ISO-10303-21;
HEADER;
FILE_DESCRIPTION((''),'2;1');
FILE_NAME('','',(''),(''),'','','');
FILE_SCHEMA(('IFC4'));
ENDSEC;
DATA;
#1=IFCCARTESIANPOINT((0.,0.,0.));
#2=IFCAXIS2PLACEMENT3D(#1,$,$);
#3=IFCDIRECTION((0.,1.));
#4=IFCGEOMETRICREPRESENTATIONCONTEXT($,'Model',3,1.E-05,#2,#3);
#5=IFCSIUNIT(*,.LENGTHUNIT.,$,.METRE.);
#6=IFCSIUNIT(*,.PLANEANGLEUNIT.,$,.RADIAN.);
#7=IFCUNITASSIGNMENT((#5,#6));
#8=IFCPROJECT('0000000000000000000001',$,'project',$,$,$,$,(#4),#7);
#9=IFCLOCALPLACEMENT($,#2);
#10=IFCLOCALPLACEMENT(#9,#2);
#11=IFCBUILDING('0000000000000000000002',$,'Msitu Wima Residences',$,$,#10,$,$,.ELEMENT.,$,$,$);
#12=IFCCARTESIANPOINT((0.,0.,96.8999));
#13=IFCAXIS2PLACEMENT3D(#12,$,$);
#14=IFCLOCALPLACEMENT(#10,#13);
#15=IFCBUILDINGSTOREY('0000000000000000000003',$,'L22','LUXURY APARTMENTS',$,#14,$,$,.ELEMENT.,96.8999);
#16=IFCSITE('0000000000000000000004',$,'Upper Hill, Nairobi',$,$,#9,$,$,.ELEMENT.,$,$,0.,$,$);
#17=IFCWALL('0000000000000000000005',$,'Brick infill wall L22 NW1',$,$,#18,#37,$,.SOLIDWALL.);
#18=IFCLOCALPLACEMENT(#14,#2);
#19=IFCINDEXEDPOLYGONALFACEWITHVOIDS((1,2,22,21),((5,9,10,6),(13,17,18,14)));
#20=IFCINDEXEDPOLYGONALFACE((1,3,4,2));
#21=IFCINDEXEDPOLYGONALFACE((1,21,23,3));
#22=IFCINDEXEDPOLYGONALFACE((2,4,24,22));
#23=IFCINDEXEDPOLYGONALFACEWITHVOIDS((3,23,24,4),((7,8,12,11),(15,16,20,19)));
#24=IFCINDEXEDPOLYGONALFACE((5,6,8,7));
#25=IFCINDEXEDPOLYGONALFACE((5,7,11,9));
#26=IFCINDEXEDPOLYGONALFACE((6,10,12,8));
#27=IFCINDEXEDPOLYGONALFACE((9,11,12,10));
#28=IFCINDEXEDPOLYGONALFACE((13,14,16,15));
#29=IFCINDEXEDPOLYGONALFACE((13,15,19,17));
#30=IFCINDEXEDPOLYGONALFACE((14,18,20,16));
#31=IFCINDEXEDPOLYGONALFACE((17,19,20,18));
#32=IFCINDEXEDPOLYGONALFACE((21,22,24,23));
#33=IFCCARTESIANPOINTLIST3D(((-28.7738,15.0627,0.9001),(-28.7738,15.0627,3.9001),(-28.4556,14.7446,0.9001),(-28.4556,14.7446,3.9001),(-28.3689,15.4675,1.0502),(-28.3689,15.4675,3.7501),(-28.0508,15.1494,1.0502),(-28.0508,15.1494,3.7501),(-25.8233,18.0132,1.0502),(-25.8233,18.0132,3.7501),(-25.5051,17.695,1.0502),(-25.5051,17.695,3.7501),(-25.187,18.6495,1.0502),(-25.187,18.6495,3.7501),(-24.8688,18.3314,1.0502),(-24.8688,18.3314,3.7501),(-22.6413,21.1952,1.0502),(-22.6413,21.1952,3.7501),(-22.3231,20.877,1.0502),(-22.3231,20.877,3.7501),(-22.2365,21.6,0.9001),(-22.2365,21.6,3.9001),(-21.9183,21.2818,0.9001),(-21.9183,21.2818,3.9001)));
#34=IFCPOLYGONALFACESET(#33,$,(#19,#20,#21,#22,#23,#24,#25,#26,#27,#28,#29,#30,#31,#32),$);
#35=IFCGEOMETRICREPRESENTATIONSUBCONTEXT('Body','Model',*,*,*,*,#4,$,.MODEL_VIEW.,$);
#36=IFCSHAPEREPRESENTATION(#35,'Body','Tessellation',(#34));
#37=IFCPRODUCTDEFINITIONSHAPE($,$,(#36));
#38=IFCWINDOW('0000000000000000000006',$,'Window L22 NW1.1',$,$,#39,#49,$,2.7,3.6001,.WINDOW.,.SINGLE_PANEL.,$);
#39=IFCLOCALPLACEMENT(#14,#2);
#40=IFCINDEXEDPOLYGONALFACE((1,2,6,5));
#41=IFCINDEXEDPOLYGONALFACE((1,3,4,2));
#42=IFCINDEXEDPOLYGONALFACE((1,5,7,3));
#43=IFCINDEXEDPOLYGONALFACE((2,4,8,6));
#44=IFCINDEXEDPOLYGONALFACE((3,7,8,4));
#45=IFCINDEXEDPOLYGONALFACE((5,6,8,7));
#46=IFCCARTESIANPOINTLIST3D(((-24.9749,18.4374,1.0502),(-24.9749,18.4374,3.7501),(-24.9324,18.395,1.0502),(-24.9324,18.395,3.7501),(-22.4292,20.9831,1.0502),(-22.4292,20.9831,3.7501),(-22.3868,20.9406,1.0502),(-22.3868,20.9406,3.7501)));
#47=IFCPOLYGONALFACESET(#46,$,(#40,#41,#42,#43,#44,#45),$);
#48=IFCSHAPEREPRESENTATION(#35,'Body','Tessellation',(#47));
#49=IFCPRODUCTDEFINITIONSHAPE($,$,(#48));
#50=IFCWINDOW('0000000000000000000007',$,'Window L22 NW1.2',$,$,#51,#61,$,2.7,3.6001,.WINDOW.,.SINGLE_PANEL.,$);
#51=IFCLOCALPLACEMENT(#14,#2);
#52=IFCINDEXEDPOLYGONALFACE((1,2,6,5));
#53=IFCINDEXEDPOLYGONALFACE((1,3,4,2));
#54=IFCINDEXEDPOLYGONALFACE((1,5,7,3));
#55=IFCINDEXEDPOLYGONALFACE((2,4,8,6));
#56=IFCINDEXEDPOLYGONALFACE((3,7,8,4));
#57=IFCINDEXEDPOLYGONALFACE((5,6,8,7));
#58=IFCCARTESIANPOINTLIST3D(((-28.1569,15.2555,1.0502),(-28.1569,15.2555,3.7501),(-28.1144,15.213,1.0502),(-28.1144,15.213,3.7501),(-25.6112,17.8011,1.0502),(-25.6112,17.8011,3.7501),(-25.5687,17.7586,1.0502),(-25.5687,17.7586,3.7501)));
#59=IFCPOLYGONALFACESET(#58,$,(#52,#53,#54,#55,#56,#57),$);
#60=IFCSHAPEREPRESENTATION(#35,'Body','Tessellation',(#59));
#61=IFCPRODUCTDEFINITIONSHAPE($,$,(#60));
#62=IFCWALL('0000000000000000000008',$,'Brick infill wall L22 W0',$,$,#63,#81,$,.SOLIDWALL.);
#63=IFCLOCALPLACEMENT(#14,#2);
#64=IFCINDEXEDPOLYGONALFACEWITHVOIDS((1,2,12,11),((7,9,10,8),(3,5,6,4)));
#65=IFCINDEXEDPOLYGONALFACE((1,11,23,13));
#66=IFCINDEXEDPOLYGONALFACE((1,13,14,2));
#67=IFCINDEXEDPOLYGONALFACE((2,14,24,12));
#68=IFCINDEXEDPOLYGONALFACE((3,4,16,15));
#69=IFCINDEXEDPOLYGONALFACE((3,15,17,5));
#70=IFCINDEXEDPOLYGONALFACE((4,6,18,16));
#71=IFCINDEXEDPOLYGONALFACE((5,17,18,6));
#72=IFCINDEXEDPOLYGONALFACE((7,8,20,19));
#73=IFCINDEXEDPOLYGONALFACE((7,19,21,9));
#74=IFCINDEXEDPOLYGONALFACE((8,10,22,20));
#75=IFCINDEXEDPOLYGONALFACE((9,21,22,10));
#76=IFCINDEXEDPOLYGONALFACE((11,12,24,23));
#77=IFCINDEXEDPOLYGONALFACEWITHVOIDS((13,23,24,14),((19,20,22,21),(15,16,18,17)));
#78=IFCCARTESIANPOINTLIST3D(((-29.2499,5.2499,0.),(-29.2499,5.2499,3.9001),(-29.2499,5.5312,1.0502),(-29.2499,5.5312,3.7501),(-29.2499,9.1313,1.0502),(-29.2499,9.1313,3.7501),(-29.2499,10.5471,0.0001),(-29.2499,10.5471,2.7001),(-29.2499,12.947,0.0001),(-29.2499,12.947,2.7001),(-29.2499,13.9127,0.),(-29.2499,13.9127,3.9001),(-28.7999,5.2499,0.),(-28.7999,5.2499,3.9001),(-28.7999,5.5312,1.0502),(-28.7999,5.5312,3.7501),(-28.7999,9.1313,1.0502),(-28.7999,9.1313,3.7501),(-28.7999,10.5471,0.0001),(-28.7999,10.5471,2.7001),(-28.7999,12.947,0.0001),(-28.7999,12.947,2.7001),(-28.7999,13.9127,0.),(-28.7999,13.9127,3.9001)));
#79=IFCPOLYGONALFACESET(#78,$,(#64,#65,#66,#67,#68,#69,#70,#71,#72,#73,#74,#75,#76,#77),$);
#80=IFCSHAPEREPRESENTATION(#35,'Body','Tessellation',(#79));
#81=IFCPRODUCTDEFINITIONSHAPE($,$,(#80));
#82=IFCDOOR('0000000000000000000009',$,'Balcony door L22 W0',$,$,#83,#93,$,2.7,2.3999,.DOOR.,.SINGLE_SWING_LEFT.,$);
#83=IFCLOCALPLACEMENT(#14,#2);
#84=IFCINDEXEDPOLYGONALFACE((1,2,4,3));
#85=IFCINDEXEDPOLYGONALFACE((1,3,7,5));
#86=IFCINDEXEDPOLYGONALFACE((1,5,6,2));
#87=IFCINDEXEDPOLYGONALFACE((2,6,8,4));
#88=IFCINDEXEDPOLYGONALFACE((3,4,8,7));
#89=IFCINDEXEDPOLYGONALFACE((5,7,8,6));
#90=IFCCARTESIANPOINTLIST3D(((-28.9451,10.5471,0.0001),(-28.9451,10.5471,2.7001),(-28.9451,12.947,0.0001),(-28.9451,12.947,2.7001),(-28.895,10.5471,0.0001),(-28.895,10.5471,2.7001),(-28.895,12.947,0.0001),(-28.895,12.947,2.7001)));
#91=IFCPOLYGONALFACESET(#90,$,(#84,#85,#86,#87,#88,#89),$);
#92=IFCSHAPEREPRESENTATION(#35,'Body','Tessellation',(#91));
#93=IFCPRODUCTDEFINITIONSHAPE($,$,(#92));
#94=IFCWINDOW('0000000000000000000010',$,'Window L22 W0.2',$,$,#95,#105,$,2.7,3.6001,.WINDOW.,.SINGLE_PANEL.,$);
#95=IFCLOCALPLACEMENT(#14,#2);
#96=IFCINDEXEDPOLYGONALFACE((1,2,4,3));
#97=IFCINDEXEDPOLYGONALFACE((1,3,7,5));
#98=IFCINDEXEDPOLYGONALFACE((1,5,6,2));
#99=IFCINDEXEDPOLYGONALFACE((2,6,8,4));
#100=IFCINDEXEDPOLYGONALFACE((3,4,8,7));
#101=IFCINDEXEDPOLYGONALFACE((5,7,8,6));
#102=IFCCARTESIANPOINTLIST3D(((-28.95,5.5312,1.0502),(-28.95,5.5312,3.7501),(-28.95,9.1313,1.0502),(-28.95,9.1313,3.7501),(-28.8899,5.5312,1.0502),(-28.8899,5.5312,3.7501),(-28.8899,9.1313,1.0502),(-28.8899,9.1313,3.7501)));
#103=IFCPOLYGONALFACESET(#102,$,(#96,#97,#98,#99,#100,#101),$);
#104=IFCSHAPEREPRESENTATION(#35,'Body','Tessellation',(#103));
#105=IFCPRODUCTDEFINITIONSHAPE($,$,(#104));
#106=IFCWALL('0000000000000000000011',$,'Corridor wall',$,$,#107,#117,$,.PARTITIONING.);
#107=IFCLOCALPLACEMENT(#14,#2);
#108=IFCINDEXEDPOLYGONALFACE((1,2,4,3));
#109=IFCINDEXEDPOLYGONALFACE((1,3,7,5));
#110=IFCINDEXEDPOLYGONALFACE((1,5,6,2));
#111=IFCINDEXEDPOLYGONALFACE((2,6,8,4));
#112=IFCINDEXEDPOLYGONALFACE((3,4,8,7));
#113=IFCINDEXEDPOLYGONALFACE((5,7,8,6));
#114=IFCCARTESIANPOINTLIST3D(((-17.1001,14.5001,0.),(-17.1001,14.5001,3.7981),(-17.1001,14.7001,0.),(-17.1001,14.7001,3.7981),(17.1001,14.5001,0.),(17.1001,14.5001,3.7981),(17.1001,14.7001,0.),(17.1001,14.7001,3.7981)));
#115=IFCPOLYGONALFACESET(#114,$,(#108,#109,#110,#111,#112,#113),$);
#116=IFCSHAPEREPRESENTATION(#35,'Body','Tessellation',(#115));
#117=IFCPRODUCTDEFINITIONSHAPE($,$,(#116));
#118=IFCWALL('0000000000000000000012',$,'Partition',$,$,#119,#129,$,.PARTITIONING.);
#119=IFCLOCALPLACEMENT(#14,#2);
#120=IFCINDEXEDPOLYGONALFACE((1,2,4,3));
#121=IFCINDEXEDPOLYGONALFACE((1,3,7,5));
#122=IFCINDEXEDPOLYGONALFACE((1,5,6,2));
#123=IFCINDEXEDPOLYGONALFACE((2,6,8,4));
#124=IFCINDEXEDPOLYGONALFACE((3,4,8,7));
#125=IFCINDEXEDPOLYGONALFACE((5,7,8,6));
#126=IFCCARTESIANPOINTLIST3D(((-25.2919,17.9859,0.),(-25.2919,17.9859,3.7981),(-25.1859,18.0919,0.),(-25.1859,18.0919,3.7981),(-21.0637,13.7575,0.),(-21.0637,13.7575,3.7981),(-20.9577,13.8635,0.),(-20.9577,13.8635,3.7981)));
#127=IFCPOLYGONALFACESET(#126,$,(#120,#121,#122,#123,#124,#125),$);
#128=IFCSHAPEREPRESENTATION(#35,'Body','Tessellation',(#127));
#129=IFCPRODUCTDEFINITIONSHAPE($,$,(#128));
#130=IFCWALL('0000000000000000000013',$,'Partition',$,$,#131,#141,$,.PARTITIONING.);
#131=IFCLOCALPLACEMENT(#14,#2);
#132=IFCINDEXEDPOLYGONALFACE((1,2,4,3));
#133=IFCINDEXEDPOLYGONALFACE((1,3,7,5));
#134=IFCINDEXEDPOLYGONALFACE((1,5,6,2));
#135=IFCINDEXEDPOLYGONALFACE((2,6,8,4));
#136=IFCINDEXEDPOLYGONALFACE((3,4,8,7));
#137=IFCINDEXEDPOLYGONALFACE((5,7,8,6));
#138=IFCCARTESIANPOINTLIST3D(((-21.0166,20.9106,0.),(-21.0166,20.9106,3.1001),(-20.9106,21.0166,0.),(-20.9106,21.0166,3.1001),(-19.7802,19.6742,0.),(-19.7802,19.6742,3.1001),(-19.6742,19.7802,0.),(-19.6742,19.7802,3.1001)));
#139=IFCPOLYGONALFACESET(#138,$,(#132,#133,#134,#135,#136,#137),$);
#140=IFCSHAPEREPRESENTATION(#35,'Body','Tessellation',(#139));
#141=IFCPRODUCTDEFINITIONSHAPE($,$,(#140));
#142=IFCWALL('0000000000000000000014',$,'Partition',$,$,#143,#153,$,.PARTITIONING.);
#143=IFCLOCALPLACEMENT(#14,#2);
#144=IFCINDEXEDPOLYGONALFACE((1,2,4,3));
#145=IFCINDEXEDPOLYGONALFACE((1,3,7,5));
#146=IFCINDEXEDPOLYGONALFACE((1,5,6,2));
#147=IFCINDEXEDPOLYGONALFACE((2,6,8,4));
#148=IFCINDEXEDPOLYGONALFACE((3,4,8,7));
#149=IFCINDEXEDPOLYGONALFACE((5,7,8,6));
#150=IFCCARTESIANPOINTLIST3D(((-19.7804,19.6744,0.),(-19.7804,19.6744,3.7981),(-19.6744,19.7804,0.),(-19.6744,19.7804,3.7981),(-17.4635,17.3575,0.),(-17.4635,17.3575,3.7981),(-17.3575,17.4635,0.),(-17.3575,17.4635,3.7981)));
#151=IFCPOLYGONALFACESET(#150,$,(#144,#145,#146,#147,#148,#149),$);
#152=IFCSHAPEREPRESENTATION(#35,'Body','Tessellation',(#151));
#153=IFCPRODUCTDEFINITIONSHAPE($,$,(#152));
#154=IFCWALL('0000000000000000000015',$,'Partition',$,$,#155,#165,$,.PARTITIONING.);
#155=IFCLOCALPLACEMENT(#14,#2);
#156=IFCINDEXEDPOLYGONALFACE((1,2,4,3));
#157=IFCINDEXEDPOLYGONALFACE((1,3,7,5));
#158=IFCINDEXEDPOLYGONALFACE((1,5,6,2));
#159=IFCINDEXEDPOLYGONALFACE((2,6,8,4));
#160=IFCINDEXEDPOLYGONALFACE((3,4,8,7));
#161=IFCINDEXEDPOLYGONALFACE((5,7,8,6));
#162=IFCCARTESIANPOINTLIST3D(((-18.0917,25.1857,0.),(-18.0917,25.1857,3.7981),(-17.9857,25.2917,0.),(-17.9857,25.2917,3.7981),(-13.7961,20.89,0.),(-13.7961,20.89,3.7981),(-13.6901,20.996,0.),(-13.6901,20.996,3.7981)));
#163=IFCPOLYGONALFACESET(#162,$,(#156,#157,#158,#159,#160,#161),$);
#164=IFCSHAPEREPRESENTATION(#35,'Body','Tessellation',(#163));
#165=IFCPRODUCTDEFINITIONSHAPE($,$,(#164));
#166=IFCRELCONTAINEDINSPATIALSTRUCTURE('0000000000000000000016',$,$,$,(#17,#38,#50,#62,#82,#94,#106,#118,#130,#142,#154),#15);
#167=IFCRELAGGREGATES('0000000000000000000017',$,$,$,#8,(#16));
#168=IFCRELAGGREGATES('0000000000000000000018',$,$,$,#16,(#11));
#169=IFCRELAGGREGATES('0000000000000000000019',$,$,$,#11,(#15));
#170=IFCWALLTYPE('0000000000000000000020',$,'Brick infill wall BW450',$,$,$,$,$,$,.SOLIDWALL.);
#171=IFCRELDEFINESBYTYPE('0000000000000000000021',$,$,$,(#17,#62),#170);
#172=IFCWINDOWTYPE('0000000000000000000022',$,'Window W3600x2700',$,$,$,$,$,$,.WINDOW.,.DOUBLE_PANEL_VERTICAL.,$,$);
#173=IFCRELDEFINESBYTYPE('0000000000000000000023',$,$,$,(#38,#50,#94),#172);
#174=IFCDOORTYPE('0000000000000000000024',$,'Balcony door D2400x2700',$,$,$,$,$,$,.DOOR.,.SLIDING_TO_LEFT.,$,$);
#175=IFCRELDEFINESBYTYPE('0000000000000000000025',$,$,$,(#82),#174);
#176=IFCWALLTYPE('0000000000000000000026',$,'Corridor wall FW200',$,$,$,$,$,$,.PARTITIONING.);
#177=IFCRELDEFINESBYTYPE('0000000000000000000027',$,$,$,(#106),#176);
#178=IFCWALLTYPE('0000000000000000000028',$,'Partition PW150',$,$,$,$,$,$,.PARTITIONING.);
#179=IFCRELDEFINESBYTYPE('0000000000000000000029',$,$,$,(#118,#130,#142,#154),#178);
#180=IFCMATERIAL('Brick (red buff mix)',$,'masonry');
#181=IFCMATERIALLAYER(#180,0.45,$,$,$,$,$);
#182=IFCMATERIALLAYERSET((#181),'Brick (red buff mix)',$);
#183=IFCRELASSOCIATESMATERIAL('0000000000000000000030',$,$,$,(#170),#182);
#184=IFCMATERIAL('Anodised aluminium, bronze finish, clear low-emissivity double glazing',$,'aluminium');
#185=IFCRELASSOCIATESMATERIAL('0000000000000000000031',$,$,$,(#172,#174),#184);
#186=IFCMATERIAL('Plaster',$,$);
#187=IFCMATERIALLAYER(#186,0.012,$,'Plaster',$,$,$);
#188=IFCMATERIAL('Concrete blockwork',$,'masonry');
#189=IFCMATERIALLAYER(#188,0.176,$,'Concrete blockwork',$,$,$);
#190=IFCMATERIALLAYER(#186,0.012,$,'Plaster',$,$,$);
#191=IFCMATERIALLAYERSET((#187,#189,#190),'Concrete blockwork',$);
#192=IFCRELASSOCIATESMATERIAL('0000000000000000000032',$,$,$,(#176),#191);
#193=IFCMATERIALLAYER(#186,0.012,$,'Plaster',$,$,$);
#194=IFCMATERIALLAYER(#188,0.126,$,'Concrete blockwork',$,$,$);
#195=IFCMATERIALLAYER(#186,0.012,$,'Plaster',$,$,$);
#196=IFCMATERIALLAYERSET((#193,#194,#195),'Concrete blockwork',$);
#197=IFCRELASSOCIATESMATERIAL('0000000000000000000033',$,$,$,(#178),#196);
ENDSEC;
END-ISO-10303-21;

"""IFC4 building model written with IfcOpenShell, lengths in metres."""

from ifc_helpers import new_model, si_unit, direction, frame, frame_2d, origin, place, context, subcontext, project, spatial, rectangle, extrude, material, layer, layer_set, type_object, element, fill, save


model = new_model("IFC4")

# Units and contexts
model_context = context("Model", 3, precision=1e-05, world=origin(), true_north=direction((0.0, 1.0)))
body_context = subcontext(model_context, "Body", "Model", "MODEL_VIEW")
ifc_project = project(units=[si_unit("LENGTHUNIT", "METRE"), si_unit("PLANEANGLEUNIT", "RADIAN")], contexts=[model_context])

# Site, building, storey
site_placement = place(None, origin())
site = spatial("IfcSite", under=ifc_project, at=site_placement, Name="Upper Hill, Nairobi", CompositionType="ELEMENT", RefElevation=0.0)
building_placement = place(site_placement, origin())
building = spatial("IfcBuilding", under=site, at=building_placement, Name="Msitu Wima Residences", CompositionType="ELEMENT")
storey_placement = place(building_placement, frame((0.0, 0.0, 96.8999)))
storey = spatial("IfcBuildingStorey", under=building, at=storey_placement, Name="L22", Description="LUXURY APARTMENTS", CompositionType="ELEMENT", Elevation=96.8999)

# Wall, openings, windows
ifc_material_1 = material(Name="Brick (red buff mix)", Category="masonry")
ifc_layer_1 = layer(ifc_material_1, 0.45)
ifc_layer_set_1 = layer_set([ifc_layer_1], Name="Brick (red buff mix)")
wall_type_1 = type_object("IfcWallType", Name="Brick infill wall BW450", PredefinedType="SOLIDWALL", material=ifc_layer_set_1)
wall_1_placement = place(storey_placement, frame((-22.0774, 21.4409, 0.9001), z_axis=(0.0, 0.0, 1.0), x_axis=(-0.707107, -0.707107, 0.0)))
wall_1 = element("IfcWall", 1, at=wall_1_placement, inside=storey, type_object=wall_type_1, Name="Brick infill wall L22 NW1", PredefinedType="SOLIDWALL", context=body_context, shape_type="SweptSolid", body=[
    extrude(rectangle(XDim=9.2451, YDim=0.45, at=frame_2d((4.6226, 0.0))), origin(), (0.0, 0.0, 1.0), 3.0),
])
opening_1_placement = place(wall_1_placement, frame((0.5725, 0.0, 0.1499)))
opening_1 = element("IfcOpeningElement", 2, at=opening_1_placement, cuts=wall_1, PredefinedType="OPENING", context=body_context, shape_type="SweptSolid", body=[
    extrude(rectangle(XDim=3.6001, YDim=2.7, at=frame_2d((1.8, 1.3501))), frame((0.0, 0.2349, 0.0), z_axis=(0.0, -1.0, 0.0), x_axis=(1.0, 0.0, 0.0)), (0.0, 0.0, 1.0), 0.47),
])
opening_2_placement = place(wall_1_placement, frame((5.0725, 0.0, 0.1499)))
opening_2 = element("IfcOpeningElement", 3, at=opening_2_placement, cuts=wall_1, PredefinedType="OPENING", context=body_context, shape_type="SweptSolid", body=[
    extrude(rectangle(XDim=3.6001, YDim=2.7, at=frame_2d((1.8, 1.3501))), frame((0.0, 0.2349, 0.0), z_axis=(0.0, -1.0, 0.0), x_axis=(1.0, 0.0, 0.0)), (0.0, 0.0, 1.0), 0.47),
])
ifc_material_2 = material(Name="Anodised aluminium, bronze finish, clear low-emissivity double glazing", Category="aluminium")
window_type = type_object("IfcWindowType", Name="Window W3600x2700", PartitioningType="DOUBLE_PANEL_VERTICAL", PredefinedType="WINDOW", material=ifc_material_2)
window_1_placement = place(opening_1_placement, origin())
window_1 = element("IfcWindow", 4, at=window_1_placement, inside=storey, type_object=window_type, Name="Window L22 NW1.1", OverallHeight=2.7, OverallWidth=3.6001, PartitioningType="SINGLE_PANEL", PredefinedType="WINDOW", context=body_context, shape_type="SweptSolid", body=[
    extrude(rectangle(XDim=3.6001, YDim=2.7, at=frame_2d((1.8, 1.3501))), frame((0.0, 0.135, 0.0), z_axis=(0.0, -1.0, 0.0), x_axis=(1.0, 0.0, 0.0)), (0.0, 0.0, 1.0), 0.0601),
])
fill(opening_1, window_1)
window_2_placement = place(opening_2_placement, origin())
window_2 = element("IfcWindow", 5, at=window_2_placement, inside=storey, type_object=window_type, Name="Window L22 NW1.2", OverallHeight=2.7, OverallWidth=3.6001, PartitioningType="SINGLE_PANEL", PredefinedType="WINDOW", context=body_context, shape_type="SweptSolid", body=[
    extrude(rectangle(XDim=3.6001, YDim=2.7, at=frame_2d((1.8, 1.3501))), frame((0.0, 0.135, 0.0), z_axis=(0.0, -1.0, 0.0), x_axis=(1.0, 0.0, 0.0)), (0.0, 0.0, 1.0), 0.0601),
])
fill(opening_2, window_2)

# Wall, openings, door, window
wall_2_placement = place(storey_placement, frame((-29.0249, 13.9128, 0.0), z_axis=(0.0, 0.0, 1.0), x_axis=(0.0, -1.0, 0.0)))
wall_2 = element("IfcWall", 6, at=wall_2_placement, inside=storey, type_object=wall_type_1, Name="Brick infill wall L22 W0", PredefinedType="SOLIDWALL", context=body_context, shape_type="SweptSolid", body=[
    extrude(rectangle(XDim=8.6628, YDim=0.45, at=frame_2d((4.3315, 0.0))), origin(), (0.0, 0.0, 1.0), 3.9001),
])
opening_3_placement = place(wall_2_placement, frame((0.9658, 0.0, 0.0)))
opening_3 = element("IfcOpeningElement", 7, at=opening_3_placement, cuts=wall_2, PredefinedType="OPENING", context=body_context, shape_type="SweptSolid", body=[
    extrude(rectangle(XDim=2.3999, YDim=2.7, at=frame_2d((1.2, 1.3501))), frame((0.0, 0.2349, 0.0), z_axis=(0.0, -1.0, 0.0), x_axis=(1.0, 0.0, 0.0)), (0.0, 0.0, 1.0), 0.47),
])
opening_4_placement = place(wall_2_placement, frame((4.7815, 0.0, 1.05)))
opening_4 = element("IfcOpeningElement", 8, at=opening_4_placement, cuts=wall_2, PredefinedType="OPENING", context=body_context, shape_type="SweptSolid", body=[
    extrude(rectangle(XDim=3.6001, YDim=2.7, at=frame_2d((1.8, 1.3501))), frame((0.0, 0.2349, 0.0), z_axis=(0.0, -1.0, 0.0), x_axis=(1.0, 0.0, 0.0)), (0.0, 0.0, 1.0), 0.47),
])
door_type_1 = type_object("IfcDoorType", Name="Balcony door D2400x2700", OperationType="SLIDING_TO_LEFT", PredefinedType="DOOR", material=ifc_material_2)
door_1_placement = place(opening_3_placement, origin())
door_1 = element("IfcDoor", 9, at=door_1_placement, inside=storey, type_object=door_type_1, Name="Balcony door L22 W0", OperationType="SINGLE_SWING_LEFT", OverallHeight=2.7, OverallWidth=2.3999, PredefinedType="DOOR", context=body_context, shape_type="SweptSolid", body=[
    extrude(rectangle(XDim=2.3999, YDim=2.7, at=frame_2d((1.2, 1.3501))), frame((0.0, 0.1299, 0.0), z_axis=(0.0, -1.0, 0.0), x_axis=(1.0, 0.0, 0.0)), (0.0, 0.0, 1.0), 0.05),
])
fill(opening_3, door_1)
window_3_placement = place(opening_4_placement, origin())
window_3 = element("IfcWindow", 10, at=window_3_placement, inside=storey, type_object=window_type, Name="Window L22 W0.2", OverallHeight=2.7, OverallWidth=3.6001, PartitioningType="SINGLE_PANEL", PredefinedType="WINDOW", context=body_context, shape_type="SweptSolid", body=[
    extrude(rectangle(XDim=3.6001, YDim=2.7, at=frame_2d((1.8, 1.3501))), frame((0.0, 0.135, 0.0), z_axis=(0.0, -1.0, 0.0), x_axis=(1.0, 0.0, 0.0)), (0.0, 0.0, 1.0), 0.0601),
])
fill(opening_4, window_3)

# Walls
ifc_material_3 = material(Name="Plaster")
ifc_layer_2 = layer(ifc_material_3, 0.012, Name="Plaster")
ifc_material_4 = material(Name="Concrete blockwork", Category="masonry")
ifc_layer_3 = layer(ifc_material_4, 0.176, Name="Concrete blockwork")
ifc_layer_4 = layer(ifc_material_3, 0.012, Name="Plaster")
ifc_layer_set_2 = layer_set([ifc_layer_2, ifc_layer_3, ifc_layer_4], Name="Concrete blockwork")
wall_type_2 = type_object("IfcWallType", Name="Corridor wall FW200", PredefinedType="PARTITIONING", material=ifc_layer_set_2)
wall_3_placement = place(storey_placement, frame((-17.1001, 14.6001, 0.0), z_axis=(0.0, 0.0, 1.0), x_axis=(1.0, 0.0, 0.0)))
element("IfcWall", 11, at=wall_3_placement, inside=storey, type_object=wall_type_2, Name="Corridor wall", PredefinedType="PARTITIONING", context=body_context, shape_type="SweptSolid", body=[
    extrude(rectangle(XDim=34.2002, YDim=0.2, at=frame_2d((17.1001, 0.0))), origin(), (0.0, 0.0, 1.0), 3.7981),
])
ifc_layer_5 = layer(ifc_material_3, 0.012, Name="Plaster")
ifc_layer_6 = layer(ifc_material_4, 0.126, Name="Concrete blockwork")
ifc_layer_7 = layer(ifc_material_3, 0.012, Name="Plaster")
ifc_layer_set_3 = layer_set([ifc_layer_5, ifc_layer_6, ifc_layer_7], Name="Concrete blockwork")
wall_type_3 = type_object("IfcWallType", Name="Partition PW150", PredefinedType="PARTITIONING", material=ifc_layer_set_3)
wall_4_placement = place(storey_placement, frame((-25.2388, 18.0388, 0.0), z_axis=(0.0, 0.0, 1.0), x_axis=(0.707086, -0.707127, 0.0)))
element("IfcWall", 12, at=wall_4_placement, inside=storey, type_object=wall_type_3, Name="Partition", PredefinedType="PARTITIONING", context=body_context, shape_type="SweptSolid", body=[
    extrude(rectangle(XDim=5.9797, YDim=0.1499, at=frame_2d((2.9897, 0.0))), origin(), (0.0, 0.0, 1.0), 3.7981),
])
wall_5_placement = place(storey_placement, frame((-20.9636, 20.9636, 0.0), z_axis=(0.0, 0.0, 1.0), x_axis=(0.707107, -0.707107, 0.0)))
element("IfcWall", 13, at=wall_5_placement, inside=storey, type_object=wall_type_3, Name="Partition", PredefinedType="PARTITIONING", context=body_context, shape_type="SweptSolid", body=[
    extrude(rectangle(XDim=1.7485, YDim=0.1499, at=frame_2d((0.8743, 0.0))), origin(), (0.0, 0.0, 1.0), 3.1001),
])
wall_6_placement = place(storey_placement, frame((-19.7273, 19.7273, 0.0), z_axis=(0.0, 0.0, 1.0), x_axis=(0.707107, -0.707107, 0.0)))
element("IfcWall", 14, at=wall_6_placement, inside=storey, type_object=wall_type_3, Name="Partition", PredefinedType="PARTITIONING", context=body_context, shape_type="SweptSolid", body=[
    extrude(rectangle(XDim=3.2766, YDim=0.1499, at=frame_2d((1.6382, 0.0))), origin(), (0.0, 0.0, 1.0), 3.7981),
])
wall_7_placement = place(storey_placement, frame((-18.0388, 25.2388, 0.0), z_axis=(0.0, 0.0, 1.0), x_axis=(0.707107, -0.707107, 0.0)))
element("IfcWall", 15, at=wall_7_placement, inside=storey, type_object=wall_type_3, Name="Partition", PredefinedType="PARTITIONING", context=body_context, shape_type="SweptSolid", body=[
    extrude(rectangle(XDim=6.075, YDim=0.1499, at=frame_2d((3.0376, 0.0))), origin(), (0.0, 0.0, 1.0), 3.7981),
])

save(model, "model.ifc")
